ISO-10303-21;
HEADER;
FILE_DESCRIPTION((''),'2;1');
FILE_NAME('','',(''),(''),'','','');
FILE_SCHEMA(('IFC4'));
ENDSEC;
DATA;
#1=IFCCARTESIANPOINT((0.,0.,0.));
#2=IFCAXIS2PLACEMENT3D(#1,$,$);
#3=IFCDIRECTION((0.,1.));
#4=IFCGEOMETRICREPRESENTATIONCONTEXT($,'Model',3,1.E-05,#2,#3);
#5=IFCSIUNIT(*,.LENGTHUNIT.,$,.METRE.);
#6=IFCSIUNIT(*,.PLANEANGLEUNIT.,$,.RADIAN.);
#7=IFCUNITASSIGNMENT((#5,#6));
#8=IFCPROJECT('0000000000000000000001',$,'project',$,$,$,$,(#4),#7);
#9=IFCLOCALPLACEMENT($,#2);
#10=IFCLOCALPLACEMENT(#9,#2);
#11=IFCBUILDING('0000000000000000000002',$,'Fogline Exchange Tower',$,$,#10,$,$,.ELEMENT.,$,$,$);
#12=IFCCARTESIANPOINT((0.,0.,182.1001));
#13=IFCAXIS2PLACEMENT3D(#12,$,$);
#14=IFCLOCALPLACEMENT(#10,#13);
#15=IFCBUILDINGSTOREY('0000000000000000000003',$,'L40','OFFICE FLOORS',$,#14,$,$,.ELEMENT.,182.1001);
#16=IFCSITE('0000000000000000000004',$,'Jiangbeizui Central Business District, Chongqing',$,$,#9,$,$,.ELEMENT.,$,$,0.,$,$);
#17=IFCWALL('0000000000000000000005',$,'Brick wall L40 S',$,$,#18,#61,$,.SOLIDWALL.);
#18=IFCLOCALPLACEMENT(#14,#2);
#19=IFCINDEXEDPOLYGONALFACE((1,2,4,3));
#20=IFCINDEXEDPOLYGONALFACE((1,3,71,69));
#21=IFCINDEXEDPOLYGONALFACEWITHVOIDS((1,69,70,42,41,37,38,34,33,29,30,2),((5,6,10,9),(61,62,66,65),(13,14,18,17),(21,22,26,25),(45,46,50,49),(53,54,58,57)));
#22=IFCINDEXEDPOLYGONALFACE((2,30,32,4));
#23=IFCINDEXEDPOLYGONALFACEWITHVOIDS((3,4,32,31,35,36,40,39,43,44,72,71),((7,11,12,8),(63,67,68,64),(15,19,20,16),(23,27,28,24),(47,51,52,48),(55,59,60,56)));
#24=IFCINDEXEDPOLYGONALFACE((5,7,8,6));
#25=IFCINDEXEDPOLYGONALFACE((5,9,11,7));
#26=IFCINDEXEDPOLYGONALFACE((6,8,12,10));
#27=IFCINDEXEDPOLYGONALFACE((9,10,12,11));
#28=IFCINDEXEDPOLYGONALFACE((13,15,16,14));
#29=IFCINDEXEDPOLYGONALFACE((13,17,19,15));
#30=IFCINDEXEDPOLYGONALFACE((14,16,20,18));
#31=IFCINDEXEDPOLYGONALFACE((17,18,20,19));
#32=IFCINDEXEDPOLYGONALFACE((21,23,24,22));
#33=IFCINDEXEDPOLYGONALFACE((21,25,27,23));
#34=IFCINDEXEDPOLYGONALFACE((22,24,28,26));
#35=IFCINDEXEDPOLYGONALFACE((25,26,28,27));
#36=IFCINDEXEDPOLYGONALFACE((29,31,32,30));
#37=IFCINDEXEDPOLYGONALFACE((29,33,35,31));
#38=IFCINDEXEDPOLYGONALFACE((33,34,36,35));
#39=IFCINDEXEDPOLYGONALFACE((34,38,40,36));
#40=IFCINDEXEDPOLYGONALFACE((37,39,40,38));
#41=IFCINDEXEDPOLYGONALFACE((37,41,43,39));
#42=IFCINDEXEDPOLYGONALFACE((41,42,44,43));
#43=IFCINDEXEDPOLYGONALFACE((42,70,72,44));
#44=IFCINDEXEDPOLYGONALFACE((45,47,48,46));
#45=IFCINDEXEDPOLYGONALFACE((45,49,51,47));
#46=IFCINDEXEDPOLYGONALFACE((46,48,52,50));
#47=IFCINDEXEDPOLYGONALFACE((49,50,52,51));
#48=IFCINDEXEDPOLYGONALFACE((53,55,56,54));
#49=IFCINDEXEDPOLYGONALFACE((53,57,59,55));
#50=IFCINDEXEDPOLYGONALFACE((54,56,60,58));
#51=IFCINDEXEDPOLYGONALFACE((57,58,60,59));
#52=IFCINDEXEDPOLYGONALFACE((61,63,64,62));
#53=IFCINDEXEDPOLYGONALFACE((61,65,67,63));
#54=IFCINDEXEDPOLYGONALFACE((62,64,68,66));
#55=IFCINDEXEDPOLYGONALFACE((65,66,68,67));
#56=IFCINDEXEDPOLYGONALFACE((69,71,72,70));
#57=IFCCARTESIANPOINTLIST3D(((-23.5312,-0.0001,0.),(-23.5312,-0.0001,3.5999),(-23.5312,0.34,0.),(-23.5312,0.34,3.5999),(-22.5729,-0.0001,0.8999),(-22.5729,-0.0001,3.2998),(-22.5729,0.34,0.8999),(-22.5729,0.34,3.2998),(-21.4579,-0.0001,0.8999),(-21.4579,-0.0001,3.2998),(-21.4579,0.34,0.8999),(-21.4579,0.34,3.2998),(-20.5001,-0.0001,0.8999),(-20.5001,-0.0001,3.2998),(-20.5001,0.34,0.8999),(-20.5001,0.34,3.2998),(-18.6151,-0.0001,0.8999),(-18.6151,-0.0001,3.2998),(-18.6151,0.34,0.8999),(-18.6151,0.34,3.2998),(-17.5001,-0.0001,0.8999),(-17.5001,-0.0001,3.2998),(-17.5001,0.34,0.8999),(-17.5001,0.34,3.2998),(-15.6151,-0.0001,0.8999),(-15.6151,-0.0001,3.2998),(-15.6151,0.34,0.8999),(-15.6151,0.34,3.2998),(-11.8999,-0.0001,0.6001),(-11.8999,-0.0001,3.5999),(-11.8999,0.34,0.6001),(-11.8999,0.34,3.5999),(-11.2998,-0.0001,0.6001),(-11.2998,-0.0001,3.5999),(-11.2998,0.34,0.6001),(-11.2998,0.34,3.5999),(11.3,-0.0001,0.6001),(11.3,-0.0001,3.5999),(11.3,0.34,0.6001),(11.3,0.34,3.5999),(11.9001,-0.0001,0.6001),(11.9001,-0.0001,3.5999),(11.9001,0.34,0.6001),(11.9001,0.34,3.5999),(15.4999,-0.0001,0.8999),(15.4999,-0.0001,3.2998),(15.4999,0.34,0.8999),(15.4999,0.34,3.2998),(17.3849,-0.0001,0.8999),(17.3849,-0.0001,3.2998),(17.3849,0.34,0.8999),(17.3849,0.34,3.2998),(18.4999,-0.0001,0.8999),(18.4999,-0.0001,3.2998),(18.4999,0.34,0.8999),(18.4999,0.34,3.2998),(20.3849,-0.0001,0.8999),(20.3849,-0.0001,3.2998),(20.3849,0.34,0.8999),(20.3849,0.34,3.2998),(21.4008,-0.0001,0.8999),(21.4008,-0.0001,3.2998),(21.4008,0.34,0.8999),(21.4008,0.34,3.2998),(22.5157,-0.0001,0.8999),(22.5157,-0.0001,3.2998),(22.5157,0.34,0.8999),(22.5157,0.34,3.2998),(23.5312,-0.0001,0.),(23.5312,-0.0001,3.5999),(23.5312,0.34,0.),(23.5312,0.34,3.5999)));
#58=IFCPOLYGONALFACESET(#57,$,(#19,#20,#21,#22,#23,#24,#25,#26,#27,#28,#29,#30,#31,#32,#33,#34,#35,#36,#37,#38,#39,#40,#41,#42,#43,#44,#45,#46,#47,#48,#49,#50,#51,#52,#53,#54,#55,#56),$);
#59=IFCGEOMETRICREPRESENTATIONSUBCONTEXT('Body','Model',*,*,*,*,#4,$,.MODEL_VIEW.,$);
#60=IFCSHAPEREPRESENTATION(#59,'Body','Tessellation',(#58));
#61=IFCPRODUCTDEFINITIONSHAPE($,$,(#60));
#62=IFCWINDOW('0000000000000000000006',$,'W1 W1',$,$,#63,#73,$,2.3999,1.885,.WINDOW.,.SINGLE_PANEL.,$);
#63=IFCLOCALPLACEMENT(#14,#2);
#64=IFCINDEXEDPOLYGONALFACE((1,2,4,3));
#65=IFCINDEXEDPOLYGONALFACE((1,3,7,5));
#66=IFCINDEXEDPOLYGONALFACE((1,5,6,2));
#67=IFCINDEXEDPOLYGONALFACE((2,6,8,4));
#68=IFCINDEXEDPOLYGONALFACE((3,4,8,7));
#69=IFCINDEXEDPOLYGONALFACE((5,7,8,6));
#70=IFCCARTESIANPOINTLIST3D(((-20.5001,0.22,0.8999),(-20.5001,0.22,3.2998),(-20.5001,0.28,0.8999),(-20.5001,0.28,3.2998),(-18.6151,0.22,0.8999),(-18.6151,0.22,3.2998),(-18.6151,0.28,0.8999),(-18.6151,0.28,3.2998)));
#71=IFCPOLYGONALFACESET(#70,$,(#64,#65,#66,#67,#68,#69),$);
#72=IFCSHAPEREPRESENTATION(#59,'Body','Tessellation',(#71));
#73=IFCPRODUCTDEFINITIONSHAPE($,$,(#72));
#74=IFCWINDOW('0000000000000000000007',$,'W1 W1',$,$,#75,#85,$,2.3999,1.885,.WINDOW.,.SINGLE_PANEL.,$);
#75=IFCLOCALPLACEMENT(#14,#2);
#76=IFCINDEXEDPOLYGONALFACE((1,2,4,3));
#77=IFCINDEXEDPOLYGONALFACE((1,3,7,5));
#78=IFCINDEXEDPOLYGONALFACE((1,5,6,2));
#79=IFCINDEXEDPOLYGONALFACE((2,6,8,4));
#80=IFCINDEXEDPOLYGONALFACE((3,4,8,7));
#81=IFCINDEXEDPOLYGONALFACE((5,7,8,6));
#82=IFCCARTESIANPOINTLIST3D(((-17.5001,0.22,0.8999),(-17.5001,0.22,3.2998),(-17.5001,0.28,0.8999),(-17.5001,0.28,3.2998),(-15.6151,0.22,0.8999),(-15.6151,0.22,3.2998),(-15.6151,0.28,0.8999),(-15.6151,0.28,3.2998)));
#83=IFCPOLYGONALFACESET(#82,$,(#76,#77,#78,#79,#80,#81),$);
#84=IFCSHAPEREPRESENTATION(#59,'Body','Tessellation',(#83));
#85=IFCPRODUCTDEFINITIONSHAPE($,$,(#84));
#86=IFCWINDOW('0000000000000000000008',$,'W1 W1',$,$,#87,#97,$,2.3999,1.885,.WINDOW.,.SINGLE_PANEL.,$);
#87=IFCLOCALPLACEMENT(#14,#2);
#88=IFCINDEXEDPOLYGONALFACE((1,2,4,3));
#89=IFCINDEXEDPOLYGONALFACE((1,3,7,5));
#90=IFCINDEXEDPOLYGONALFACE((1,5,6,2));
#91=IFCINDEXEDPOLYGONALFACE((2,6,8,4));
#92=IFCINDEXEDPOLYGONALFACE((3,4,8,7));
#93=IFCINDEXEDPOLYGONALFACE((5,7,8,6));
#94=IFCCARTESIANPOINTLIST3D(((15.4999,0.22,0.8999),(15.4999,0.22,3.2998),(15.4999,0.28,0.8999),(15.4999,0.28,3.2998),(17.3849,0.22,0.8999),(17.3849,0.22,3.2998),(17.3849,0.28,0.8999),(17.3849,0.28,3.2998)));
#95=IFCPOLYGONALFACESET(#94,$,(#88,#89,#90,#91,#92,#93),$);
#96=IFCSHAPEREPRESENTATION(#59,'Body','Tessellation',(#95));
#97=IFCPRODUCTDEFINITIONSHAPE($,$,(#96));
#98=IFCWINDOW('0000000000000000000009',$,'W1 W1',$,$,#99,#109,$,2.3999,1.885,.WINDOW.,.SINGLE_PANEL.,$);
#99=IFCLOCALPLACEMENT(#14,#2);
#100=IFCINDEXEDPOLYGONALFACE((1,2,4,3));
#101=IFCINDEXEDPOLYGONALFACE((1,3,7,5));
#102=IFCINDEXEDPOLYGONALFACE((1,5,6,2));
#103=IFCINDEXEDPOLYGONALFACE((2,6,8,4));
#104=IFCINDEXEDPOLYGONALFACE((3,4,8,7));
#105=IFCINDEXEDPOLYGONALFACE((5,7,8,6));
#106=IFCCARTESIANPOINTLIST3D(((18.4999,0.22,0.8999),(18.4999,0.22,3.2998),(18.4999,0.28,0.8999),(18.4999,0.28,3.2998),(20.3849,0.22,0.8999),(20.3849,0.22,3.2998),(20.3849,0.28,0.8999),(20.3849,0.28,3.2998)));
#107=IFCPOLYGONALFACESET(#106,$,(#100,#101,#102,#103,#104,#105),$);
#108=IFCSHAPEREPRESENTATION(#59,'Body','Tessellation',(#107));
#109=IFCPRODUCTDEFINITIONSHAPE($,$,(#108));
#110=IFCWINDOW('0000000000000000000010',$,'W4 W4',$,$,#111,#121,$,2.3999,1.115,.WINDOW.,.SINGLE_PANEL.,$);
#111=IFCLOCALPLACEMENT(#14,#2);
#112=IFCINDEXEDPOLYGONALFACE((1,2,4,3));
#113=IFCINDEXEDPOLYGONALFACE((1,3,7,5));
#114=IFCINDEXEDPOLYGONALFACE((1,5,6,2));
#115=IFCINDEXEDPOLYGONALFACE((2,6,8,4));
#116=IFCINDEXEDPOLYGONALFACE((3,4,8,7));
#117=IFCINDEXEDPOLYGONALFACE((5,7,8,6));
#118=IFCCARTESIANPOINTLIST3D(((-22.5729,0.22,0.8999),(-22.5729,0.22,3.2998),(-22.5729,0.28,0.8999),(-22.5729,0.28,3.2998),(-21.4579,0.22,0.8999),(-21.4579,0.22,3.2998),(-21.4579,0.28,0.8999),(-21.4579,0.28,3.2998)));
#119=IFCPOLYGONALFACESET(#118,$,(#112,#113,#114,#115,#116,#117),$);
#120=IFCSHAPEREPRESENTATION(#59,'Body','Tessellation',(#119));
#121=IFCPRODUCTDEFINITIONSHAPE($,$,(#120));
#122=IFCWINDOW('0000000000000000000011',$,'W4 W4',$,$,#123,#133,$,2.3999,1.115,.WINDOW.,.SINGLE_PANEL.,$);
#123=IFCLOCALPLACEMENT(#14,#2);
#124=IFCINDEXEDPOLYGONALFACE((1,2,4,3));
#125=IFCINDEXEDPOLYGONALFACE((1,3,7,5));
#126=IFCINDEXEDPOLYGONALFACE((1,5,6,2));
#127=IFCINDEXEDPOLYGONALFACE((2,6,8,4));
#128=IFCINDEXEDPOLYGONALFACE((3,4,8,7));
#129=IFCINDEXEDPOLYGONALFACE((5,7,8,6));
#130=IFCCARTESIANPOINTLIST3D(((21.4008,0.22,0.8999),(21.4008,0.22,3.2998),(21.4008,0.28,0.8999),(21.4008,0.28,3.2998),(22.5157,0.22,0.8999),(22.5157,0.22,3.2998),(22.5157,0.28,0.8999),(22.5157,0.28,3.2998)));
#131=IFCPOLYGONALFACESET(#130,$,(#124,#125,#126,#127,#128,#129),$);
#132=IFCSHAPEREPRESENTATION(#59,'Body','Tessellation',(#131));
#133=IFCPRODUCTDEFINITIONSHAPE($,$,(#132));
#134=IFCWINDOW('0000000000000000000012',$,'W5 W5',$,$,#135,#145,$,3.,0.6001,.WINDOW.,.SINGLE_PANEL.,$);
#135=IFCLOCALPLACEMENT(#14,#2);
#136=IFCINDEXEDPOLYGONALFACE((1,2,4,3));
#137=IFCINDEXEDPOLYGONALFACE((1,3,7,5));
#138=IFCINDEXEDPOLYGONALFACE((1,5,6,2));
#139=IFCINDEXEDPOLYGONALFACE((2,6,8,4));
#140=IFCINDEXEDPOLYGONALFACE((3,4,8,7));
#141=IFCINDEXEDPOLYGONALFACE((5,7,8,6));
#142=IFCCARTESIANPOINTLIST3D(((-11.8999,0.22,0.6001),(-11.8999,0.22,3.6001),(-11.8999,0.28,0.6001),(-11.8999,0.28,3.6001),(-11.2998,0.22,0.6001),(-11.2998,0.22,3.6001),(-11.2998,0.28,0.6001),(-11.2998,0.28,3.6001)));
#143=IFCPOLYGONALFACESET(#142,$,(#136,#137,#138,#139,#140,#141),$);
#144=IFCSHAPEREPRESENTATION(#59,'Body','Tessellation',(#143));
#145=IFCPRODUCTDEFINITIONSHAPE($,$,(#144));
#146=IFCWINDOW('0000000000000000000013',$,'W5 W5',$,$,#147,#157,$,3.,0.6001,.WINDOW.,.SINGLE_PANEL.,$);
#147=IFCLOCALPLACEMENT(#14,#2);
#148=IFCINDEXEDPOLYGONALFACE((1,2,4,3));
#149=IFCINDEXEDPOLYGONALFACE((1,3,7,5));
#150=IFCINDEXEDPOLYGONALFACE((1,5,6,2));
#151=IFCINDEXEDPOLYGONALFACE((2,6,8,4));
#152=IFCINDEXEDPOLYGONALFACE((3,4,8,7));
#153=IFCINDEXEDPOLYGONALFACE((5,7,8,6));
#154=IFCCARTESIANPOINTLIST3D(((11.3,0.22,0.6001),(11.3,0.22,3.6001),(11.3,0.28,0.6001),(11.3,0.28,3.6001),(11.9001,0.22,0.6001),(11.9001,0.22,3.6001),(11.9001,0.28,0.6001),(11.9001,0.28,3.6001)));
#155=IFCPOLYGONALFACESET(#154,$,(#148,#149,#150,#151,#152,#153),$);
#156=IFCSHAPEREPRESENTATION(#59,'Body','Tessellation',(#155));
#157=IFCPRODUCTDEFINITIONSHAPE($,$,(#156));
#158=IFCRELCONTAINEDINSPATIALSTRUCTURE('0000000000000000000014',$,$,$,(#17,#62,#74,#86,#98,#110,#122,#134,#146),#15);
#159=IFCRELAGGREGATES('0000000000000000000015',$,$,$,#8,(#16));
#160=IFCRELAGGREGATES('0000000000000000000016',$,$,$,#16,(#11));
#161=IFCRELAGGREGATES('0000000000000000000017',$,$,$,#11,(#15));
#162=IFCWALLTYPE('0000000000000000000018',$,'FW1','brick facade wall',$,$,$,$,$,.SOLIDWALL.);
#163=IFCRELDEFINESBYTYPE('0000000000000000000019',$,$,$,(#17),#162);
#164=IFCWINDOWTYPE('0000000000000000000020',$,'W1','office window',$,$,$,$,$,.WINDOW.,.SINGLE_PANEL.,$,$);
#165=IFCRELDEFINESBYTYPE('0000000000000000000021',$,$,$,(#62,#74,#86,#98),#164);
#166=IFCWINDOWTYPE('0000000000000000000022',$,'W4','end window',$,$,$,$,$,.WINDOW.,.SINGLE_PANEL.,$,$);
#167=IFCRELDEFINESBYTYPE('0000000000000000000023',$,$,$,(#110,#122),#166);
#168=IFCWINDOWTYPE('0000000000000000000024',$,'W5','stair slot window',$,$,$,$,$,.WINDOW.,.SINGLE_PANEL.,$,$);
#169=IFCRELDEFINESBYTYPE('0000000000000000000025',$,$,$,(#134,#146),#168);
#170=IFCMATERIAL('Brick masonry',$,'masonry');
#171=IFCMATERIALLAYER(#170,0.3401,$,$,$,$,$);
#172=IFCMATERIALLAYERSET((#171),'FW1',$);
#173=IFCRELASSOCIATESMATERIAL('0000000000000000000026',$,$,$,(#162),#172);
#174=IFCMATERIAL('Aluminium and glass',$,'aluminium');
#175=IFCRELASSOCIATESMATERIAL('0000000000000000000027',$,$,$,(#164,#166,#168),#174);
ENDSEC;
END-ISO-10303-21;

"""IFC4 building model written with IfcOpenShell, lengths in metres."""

from ifc_helpers import new_model, si_unit, direction, frame, frame_2d, origin, place, context, subcontext, project, spatial, rectangle, extrude, material, layer, layer_set, type_object, element, fill, save


model = new_model("IFC4")

# Units and contexts
model_context = context("Model", 3, precision=1e-05, world=origin(), true_north=direction((0.0, 1.0)))
body_context = subcontext(model_context, "Body", "Model", "MODEL_VIEW")
ifc_project = project(units=[si_unit("LENGTHUNIT", "METRE"), si_unit("PLANEANGLEUNIT", "RADIAN")], contexts=[model_context])

# Site, building, storey
site_placement = place(None, origin())
site = spatial("IfcSite", under=ifc_project, at=site_placement, Name="Jiangbeizui Central Business District, Chongqing", CompositionType="ELEMENT", RefElevation=0.0)
building_placement = place(site_placement, origin())
building = spatial("IfcBuilding", under=site, at=building_placement, Name="Fogline Exchange Tower", CompositionType="ELEMENT")
storey_placement = place(building_placement, frame((0.0, 0.0, 182.1001)))
storey = spatial("IfcBuildingStorey", under=building, at=storey_placement, Name="L40", Description="OFFICE FLOORS", CompositionType="ELEMENT", Elevation=182.1001)

# Shared definitions
ifc_material_1 = material(Name="Brick masonry", Category="masonry")
ifc_layer = layer(ifc_material_1, 0.3401)
ifc_layer_set = layer_set([ifc_layer], Name="FW1")
wall_type = type_object("IfcWallType", Name="FW1", Description="brick facade wall", PredefinedType="SOLIDWALL", material=ifc_layer_set)
ifc_material_2 = material(Name="Aluminium and glass", Category="aluminium")

# Wall, openings, windows
wall_1_placement = place(storey_placement, frame((-23.5312, 0.1699, 0.0), z_axis=(0.0, 0.0, 1.0), x_axis=(1.0, 0.0, 0.0)))
wall_1 = element("IfcWall", 1, at=wall_1_placement, inside=storey, type_object=wall_type, Name="Brick wall L40 S", PredefinedType="SOLIDWALL", context=body_context, shape_type="SweptSolid", body=[
    extrude(rectangle(XDim=47.0625, YDim=0.3401, at=frame_2d((23.5312, 0.0))), origin(), (0.0, 0.0, 1.0), 3.5999),
])
opening_1_placement = place(wall_1_placement, frame((3.0312, 0.0, 0.8999)))
opening_1 = element("IfcOpeningElement", 2, at=opening_1_placement, cuts=wall_1, PredefinedType="OPENING", context=body_context, shape_type="SweptSolid", body=[
    extrude(rectangle(XDim=1.885, YDim=2.3999, at=frame_2d((0.9424, 1.2))), frame((0.0, 0.1802, 0.0), z_axis=(0.0, -1.0, 0.0), x_axis=(1.0, 0.0, 0.0)), (0.0, 0.0, 1.0), 0.3601),
])
opening_2_placement = place(wall_1_placement, frame((6.0312, 0.0, 0.8999)))
opening_2 = element("IfcOpeningElement", 3, at=opening_2_placement, cuts=wall_1, PredefinedType="OPENING", context=body_context, shape_type="SweptSolid", body=[
    extrude(rectangle(XDim=1.885, YDim=2.3999, at=frame_2d((0.9424, 1.2))), frame((0.0, 0.1802, 0.0), z_axis=(0.0, -1.0, 0.0), x_axis=(1.0, 0.0, 0.0)), (0.0, 0.0, 1.0), 0.3601),
])
opening_3_placement = place(wall_1_placement, frame((39.0312, 0.0, 0.8999)))
opening_3 = element("IfcOpeningElement", 4, at=opening_3_placement, cuts=wall_1, PredefinedType="OPENING", context=body_context, shape_type="SweptSolid", body=[
    extrude(rectangle(XDim=1.885, YDim=2.3999, at=frame_2d((0.9424, 1.2))), frame((0.0, 0.1802, 0.0), z_axis=(0.0, -1.0, 0.0), x_axis=(1.0, 0.0, 0.0)), (0.0, 0.0, 1.0), 0.3601),
])
opening_4_placement = place(wall_1_placement, frame((42.0312, 0.0, 0.8999)))
opening_4 = element("IfcOpeningElement", 5, at=opening_4_placement, cuts=wall_1, PredefinedType="OPENING", context=body_context, shape_type="SweptSolid", body=[
    extrude(rectangle(XDim=1.885, YDim=2.3999, at=frame_2d((0.9424, 1.2))), frame((0.0, 0.1802, 0.0), z_axis=(0.0, -1.0, 0.0), x_axis=(1.0, 0.0, 0.0)), (0.0, 0.0, 1.0), 0.3601),
])
opening_5_placement = place(wall_1_placement, frame((0.9583, 0.0, 0.8999)))
opening_5 = element("IfcOpeningElement", 6, at=opening_5_placement, cuts=wall_1, PredefinedType="OPENING", context=body_context, shape_type="SweptSolid", body=[
    extrude(rectangle(XDim=1.115, YDim=2.3999, at=frame_2d((0.5576, 1.2))), frame((0.0, 0.1802, 0.0), z_axis=(0.0, -1.0, 0.0), x_axis=(1.0, 0.0, 0.0)), (0.0, 0.0, 1.0), 0.3601),
])
opening_6_placement = place(wall_1_placement, frame((44.9319, 0.0, 0.8999)))
opening_6 = element("IfcOpeningElement", 7, at=opening_6_placement, cuts=wall_1, PredefinedType="OPENING", context=body_context, shape_type="SweptSolid", body=[
    extrude(rectangle(XDim=1.115, YDim=2.3999, at=frame_2d((0.5576, 1.2))), frame((0.0, 0.1802, 0.0), z_axis=(0.0, -1.0, 0.0), x_axis=(1.0, 0.0, 0.0)), (0.0, 0.0, 1.0), 0.3601),
])
opening_7_placement = place(wall_1_placement, frame((11.6313, 0.0, 0.6001)))
opening_7 = element("IfcOpeningElement", 8, at=opening_7_placement, cuts=wall_1, PredefinedType="OPENING", context=body_context, shape_type="SweptSolid", body=[
    extrude(rectangle(XDim=0.6001, YDim=3.0, at=frame_2d((0.3, 1.5))), frame((0.0, 0.1802, 0.0), z_axis=(0.0, -1.0, 0.0), x_axis=(1.0, 0.0, 0.0)), (0.0, 0.0, 1.0), 0.3601),
])
opening_8_placement = place(wall_1_placement, frame((34.8313, 0.0, 0.6001)))
opening_8 = element("IfcOpeningElement", 9, at=opening_8_placement, cuts=wall_1, PredefinedType="OPENING", context=body_context, shape_type="SweptSolid", body=[
    extrude(rectangle(XDim=0.6001, YDim=3.0, at=frame_2d((0.3, 1.5))), frame((0.0, 0.1802, 0.0), z_axis=(0.0, -1.0, 0.0), x_axis=(1.0, 0.0, 0.0)), (0.0, 0.0, 1.0), 0.3601),
])
window_type_1 = type_object("IfcWindowType", Name="W1", Description="office window", PartitioningType="SINGLE_PANEL", PredefinedType="WINDOW", material=ifc_material_2)
window_1_placement = place(opening_1_placement, origin())
window_1 = element("IfcWindow", 10, at=window_1_placement, inside=storey, type_object=window_type_1, Name="W1 W1", OverallHeight=2.3999, OverallWidth=1.885, PartitioningType="SINGLE_PANEL", PredefinedType="WINDOW", context=body_context, shape_type="SweptSolid", body=[
    extrude(rectangle(XDim=1.885, YDim=2.3999, at=frame_2d((0.9424, 1.2))), frame((0.0, 0.1101, 0.0), z_axis=(0.0, -1.0, 0.0), x_axis=(1.0, 0.0, 0.0)), (0.0, 0.0, 1.0), 0.0601),
])
fill(opening_1, window_1)
window_2_placement = place(opening_2_placement, origin())
window_2 = element("IfcWindow", 11, at=window_2_placement, inside=storey, type_object=window_type_1, Name="W1 W1", OverallHeight=2.3999, OverallWidth=1.885, PartitioningType="SINGLE_PANEL", PredefinedType="WINDOW", context=body_context, shape_type="SweptSolid", body=[
    extrude(rectangle(XDim=1.885, YDim=2.3999, at=frame_2d((0.9424, 1.2))), frame((0.0, 0.1101, 0.0), z_axis=(0.0, -1.0, 0.0), x_axis=(1.0, 0.0, 0.0)), (0.0, 0.0, 1.0), 0.0601),
])
fill(opening_2, window_2)
window_3_placement = place(opening_3_placement, origin())
window_3 = element("IfcWindow", 12, at=window_3_placement, inside=storey, type_object=window_type_1, Name="W1 W1", OverallHeight=2.3999, OverallWidth=1.885, PartitioningType="SINGLE_PANEL", PredefinedType="WINDOW", context=body_context, shape_type="SweptSolid", body=[
    extrude(rectangle(XDim=1.885, YDim=2.3999, at=frame_2d((0.9424, 1.2))), frame((0.0, 0.1101, 0.0), z_axis=(0.0, -1.0, 0.0), x_axis=(1.0, 0.0, 0.0)), (0.0, 0.0, 1.0), 0.0601),
])
fill(opening_3, window_3)
window_4_placement = place(opening_4_placement, origin())
window_4 = element("IfcWindow", 13, at=window_4_placement, inside=storey, type_object=window_type_1, Name="W1 W1", OverallHeight=2.3999, OverallWidth=1.885, PartitioningType="SINGLE_PANEL", PredefinedType="WINDOW", context=body_context, shape_type="SweptSolid", body=[
    extrude(rectangle(XDim=1.885, YDim=2.3999, at=frame_2d((0.9424, 1.2))), frame((0.0, 0.1101, 0.0), z_axis=(0.0, -1.0, 0.0), x_axis=(1.0, 0.0, 0.0)), (0.0, 0.0, 1.0), 0.0601),
])
fill(opening_4, window_4)
window_type_2 = type_object("IfcWindowType", Name="W4", Description="end window", PartitioningType="SINGLE_PANEL", PredefinedType="WINDOW", material=ifc_material_2)
window_5_placement = place(opening_5_placement, origin())
window_5 = element("IfcWindow", 14, at=window_5_placement, inside=storey, type_object=window_type_2, Name="W4 W4", OverallHeight=2.3999, OverallWidth=1.115, PartitioningType="SINGLE_PANEL", PredefinedType="WINDOW", context=body_context, shape_type="SweptSolid", body=[
    extrude(rectangle(XDim=1.115, YDim=2.3999, at=frame_2d((0.5576, 1.2))), frame((0.0, 0.1101, 0.0), z_axis=(0.0, -1.0, 0.0), x_axis=(1.0, 0.0, 0.0)), (0.0, 0.0, 1.0), 0.0601),
])
fill(opening_5, window_5)
window_6_placement = place(opening_6_placement, origin())
window_6 = element("IfcWindow", 15, at=window_6_placement, inside=storey, type_object=window_type_2, Name="W4 W4", OverallHeight=2.3999, OverallWidth=1.115, PartitioningType="SINGLE_PANEL", PredefinedType="WINDOW", context=body_context, shape_type="SweptSolid", body=[
    extrude(rectangle(XDim=1.115, YDim=2.3999, at=frame_2d((0.5576, 1.2))), frame((0.0, 0.1101, 0.0), z_axis=(0.0, -1.0, 0.0), x_axis=(1.0, 0.0, 0.0)), (0.0, 0.0, 1.0), 0.0601),
])
fill(opening_6, window_6)
window_type_3 = type_object("IfcWindowType", Name="W5", Description="stair slot window", PartitioningType="SINGLE_PANEL", PredefinedType="WINDOW", material=ifc_material_2)
window_7_placement = place(opening_7_placement, origin())
window_7 = element("IfcWindow", 16, at=window_7_placement, inside=storey, type_object=window_type_3, Name="W5 W5", OverallHeight=3.0, OverallWidth=0.6001, PartitioningType="SINGLE_PANEL", PredefinedType="WINDOW", context=body_context, shape_type="SweptSolid", body=[
    extrude(rectangle(XDim=0.6001, YDim=3.0, at=frame_2d((0.3, 1.5))), frame((0.0, 0.1101, 0.0), z_axis=(0.0, -1.0, 0.0), x_axis=(1.0, 0.0, 0.0)), (0.0, 0.0, 1.0), 0.0601),
])
fill(opening_7, window_7)
window_8_placement = place(opening_8_placement, origin())
window_8 = element("IfcWindow", 17, at=window_8_placement, inside=storey, type_object=window_type_3, Name="W5 W5", OverallHeight=3.0, OverallWidth=0.6001, PartitioningType="SINGLE_PANEL", PredefinedType="WINDOW", context=body_context, shape_type="SweptSolid", body=[
    extrude(rectangle(XDim=0.6001, YDim=3.0, at=frame_2d((0.3, 1.5))), frame((0.0, 0.1101, 0.0), z_axis=(0.0, -1.0, 0.0), x_axis=(1.0, 0.0, 0.0)), (0.0, 0.0, 1.0), 0.0601),
])
fill(opening_8, window_8)

save(model, "model.ifc")
